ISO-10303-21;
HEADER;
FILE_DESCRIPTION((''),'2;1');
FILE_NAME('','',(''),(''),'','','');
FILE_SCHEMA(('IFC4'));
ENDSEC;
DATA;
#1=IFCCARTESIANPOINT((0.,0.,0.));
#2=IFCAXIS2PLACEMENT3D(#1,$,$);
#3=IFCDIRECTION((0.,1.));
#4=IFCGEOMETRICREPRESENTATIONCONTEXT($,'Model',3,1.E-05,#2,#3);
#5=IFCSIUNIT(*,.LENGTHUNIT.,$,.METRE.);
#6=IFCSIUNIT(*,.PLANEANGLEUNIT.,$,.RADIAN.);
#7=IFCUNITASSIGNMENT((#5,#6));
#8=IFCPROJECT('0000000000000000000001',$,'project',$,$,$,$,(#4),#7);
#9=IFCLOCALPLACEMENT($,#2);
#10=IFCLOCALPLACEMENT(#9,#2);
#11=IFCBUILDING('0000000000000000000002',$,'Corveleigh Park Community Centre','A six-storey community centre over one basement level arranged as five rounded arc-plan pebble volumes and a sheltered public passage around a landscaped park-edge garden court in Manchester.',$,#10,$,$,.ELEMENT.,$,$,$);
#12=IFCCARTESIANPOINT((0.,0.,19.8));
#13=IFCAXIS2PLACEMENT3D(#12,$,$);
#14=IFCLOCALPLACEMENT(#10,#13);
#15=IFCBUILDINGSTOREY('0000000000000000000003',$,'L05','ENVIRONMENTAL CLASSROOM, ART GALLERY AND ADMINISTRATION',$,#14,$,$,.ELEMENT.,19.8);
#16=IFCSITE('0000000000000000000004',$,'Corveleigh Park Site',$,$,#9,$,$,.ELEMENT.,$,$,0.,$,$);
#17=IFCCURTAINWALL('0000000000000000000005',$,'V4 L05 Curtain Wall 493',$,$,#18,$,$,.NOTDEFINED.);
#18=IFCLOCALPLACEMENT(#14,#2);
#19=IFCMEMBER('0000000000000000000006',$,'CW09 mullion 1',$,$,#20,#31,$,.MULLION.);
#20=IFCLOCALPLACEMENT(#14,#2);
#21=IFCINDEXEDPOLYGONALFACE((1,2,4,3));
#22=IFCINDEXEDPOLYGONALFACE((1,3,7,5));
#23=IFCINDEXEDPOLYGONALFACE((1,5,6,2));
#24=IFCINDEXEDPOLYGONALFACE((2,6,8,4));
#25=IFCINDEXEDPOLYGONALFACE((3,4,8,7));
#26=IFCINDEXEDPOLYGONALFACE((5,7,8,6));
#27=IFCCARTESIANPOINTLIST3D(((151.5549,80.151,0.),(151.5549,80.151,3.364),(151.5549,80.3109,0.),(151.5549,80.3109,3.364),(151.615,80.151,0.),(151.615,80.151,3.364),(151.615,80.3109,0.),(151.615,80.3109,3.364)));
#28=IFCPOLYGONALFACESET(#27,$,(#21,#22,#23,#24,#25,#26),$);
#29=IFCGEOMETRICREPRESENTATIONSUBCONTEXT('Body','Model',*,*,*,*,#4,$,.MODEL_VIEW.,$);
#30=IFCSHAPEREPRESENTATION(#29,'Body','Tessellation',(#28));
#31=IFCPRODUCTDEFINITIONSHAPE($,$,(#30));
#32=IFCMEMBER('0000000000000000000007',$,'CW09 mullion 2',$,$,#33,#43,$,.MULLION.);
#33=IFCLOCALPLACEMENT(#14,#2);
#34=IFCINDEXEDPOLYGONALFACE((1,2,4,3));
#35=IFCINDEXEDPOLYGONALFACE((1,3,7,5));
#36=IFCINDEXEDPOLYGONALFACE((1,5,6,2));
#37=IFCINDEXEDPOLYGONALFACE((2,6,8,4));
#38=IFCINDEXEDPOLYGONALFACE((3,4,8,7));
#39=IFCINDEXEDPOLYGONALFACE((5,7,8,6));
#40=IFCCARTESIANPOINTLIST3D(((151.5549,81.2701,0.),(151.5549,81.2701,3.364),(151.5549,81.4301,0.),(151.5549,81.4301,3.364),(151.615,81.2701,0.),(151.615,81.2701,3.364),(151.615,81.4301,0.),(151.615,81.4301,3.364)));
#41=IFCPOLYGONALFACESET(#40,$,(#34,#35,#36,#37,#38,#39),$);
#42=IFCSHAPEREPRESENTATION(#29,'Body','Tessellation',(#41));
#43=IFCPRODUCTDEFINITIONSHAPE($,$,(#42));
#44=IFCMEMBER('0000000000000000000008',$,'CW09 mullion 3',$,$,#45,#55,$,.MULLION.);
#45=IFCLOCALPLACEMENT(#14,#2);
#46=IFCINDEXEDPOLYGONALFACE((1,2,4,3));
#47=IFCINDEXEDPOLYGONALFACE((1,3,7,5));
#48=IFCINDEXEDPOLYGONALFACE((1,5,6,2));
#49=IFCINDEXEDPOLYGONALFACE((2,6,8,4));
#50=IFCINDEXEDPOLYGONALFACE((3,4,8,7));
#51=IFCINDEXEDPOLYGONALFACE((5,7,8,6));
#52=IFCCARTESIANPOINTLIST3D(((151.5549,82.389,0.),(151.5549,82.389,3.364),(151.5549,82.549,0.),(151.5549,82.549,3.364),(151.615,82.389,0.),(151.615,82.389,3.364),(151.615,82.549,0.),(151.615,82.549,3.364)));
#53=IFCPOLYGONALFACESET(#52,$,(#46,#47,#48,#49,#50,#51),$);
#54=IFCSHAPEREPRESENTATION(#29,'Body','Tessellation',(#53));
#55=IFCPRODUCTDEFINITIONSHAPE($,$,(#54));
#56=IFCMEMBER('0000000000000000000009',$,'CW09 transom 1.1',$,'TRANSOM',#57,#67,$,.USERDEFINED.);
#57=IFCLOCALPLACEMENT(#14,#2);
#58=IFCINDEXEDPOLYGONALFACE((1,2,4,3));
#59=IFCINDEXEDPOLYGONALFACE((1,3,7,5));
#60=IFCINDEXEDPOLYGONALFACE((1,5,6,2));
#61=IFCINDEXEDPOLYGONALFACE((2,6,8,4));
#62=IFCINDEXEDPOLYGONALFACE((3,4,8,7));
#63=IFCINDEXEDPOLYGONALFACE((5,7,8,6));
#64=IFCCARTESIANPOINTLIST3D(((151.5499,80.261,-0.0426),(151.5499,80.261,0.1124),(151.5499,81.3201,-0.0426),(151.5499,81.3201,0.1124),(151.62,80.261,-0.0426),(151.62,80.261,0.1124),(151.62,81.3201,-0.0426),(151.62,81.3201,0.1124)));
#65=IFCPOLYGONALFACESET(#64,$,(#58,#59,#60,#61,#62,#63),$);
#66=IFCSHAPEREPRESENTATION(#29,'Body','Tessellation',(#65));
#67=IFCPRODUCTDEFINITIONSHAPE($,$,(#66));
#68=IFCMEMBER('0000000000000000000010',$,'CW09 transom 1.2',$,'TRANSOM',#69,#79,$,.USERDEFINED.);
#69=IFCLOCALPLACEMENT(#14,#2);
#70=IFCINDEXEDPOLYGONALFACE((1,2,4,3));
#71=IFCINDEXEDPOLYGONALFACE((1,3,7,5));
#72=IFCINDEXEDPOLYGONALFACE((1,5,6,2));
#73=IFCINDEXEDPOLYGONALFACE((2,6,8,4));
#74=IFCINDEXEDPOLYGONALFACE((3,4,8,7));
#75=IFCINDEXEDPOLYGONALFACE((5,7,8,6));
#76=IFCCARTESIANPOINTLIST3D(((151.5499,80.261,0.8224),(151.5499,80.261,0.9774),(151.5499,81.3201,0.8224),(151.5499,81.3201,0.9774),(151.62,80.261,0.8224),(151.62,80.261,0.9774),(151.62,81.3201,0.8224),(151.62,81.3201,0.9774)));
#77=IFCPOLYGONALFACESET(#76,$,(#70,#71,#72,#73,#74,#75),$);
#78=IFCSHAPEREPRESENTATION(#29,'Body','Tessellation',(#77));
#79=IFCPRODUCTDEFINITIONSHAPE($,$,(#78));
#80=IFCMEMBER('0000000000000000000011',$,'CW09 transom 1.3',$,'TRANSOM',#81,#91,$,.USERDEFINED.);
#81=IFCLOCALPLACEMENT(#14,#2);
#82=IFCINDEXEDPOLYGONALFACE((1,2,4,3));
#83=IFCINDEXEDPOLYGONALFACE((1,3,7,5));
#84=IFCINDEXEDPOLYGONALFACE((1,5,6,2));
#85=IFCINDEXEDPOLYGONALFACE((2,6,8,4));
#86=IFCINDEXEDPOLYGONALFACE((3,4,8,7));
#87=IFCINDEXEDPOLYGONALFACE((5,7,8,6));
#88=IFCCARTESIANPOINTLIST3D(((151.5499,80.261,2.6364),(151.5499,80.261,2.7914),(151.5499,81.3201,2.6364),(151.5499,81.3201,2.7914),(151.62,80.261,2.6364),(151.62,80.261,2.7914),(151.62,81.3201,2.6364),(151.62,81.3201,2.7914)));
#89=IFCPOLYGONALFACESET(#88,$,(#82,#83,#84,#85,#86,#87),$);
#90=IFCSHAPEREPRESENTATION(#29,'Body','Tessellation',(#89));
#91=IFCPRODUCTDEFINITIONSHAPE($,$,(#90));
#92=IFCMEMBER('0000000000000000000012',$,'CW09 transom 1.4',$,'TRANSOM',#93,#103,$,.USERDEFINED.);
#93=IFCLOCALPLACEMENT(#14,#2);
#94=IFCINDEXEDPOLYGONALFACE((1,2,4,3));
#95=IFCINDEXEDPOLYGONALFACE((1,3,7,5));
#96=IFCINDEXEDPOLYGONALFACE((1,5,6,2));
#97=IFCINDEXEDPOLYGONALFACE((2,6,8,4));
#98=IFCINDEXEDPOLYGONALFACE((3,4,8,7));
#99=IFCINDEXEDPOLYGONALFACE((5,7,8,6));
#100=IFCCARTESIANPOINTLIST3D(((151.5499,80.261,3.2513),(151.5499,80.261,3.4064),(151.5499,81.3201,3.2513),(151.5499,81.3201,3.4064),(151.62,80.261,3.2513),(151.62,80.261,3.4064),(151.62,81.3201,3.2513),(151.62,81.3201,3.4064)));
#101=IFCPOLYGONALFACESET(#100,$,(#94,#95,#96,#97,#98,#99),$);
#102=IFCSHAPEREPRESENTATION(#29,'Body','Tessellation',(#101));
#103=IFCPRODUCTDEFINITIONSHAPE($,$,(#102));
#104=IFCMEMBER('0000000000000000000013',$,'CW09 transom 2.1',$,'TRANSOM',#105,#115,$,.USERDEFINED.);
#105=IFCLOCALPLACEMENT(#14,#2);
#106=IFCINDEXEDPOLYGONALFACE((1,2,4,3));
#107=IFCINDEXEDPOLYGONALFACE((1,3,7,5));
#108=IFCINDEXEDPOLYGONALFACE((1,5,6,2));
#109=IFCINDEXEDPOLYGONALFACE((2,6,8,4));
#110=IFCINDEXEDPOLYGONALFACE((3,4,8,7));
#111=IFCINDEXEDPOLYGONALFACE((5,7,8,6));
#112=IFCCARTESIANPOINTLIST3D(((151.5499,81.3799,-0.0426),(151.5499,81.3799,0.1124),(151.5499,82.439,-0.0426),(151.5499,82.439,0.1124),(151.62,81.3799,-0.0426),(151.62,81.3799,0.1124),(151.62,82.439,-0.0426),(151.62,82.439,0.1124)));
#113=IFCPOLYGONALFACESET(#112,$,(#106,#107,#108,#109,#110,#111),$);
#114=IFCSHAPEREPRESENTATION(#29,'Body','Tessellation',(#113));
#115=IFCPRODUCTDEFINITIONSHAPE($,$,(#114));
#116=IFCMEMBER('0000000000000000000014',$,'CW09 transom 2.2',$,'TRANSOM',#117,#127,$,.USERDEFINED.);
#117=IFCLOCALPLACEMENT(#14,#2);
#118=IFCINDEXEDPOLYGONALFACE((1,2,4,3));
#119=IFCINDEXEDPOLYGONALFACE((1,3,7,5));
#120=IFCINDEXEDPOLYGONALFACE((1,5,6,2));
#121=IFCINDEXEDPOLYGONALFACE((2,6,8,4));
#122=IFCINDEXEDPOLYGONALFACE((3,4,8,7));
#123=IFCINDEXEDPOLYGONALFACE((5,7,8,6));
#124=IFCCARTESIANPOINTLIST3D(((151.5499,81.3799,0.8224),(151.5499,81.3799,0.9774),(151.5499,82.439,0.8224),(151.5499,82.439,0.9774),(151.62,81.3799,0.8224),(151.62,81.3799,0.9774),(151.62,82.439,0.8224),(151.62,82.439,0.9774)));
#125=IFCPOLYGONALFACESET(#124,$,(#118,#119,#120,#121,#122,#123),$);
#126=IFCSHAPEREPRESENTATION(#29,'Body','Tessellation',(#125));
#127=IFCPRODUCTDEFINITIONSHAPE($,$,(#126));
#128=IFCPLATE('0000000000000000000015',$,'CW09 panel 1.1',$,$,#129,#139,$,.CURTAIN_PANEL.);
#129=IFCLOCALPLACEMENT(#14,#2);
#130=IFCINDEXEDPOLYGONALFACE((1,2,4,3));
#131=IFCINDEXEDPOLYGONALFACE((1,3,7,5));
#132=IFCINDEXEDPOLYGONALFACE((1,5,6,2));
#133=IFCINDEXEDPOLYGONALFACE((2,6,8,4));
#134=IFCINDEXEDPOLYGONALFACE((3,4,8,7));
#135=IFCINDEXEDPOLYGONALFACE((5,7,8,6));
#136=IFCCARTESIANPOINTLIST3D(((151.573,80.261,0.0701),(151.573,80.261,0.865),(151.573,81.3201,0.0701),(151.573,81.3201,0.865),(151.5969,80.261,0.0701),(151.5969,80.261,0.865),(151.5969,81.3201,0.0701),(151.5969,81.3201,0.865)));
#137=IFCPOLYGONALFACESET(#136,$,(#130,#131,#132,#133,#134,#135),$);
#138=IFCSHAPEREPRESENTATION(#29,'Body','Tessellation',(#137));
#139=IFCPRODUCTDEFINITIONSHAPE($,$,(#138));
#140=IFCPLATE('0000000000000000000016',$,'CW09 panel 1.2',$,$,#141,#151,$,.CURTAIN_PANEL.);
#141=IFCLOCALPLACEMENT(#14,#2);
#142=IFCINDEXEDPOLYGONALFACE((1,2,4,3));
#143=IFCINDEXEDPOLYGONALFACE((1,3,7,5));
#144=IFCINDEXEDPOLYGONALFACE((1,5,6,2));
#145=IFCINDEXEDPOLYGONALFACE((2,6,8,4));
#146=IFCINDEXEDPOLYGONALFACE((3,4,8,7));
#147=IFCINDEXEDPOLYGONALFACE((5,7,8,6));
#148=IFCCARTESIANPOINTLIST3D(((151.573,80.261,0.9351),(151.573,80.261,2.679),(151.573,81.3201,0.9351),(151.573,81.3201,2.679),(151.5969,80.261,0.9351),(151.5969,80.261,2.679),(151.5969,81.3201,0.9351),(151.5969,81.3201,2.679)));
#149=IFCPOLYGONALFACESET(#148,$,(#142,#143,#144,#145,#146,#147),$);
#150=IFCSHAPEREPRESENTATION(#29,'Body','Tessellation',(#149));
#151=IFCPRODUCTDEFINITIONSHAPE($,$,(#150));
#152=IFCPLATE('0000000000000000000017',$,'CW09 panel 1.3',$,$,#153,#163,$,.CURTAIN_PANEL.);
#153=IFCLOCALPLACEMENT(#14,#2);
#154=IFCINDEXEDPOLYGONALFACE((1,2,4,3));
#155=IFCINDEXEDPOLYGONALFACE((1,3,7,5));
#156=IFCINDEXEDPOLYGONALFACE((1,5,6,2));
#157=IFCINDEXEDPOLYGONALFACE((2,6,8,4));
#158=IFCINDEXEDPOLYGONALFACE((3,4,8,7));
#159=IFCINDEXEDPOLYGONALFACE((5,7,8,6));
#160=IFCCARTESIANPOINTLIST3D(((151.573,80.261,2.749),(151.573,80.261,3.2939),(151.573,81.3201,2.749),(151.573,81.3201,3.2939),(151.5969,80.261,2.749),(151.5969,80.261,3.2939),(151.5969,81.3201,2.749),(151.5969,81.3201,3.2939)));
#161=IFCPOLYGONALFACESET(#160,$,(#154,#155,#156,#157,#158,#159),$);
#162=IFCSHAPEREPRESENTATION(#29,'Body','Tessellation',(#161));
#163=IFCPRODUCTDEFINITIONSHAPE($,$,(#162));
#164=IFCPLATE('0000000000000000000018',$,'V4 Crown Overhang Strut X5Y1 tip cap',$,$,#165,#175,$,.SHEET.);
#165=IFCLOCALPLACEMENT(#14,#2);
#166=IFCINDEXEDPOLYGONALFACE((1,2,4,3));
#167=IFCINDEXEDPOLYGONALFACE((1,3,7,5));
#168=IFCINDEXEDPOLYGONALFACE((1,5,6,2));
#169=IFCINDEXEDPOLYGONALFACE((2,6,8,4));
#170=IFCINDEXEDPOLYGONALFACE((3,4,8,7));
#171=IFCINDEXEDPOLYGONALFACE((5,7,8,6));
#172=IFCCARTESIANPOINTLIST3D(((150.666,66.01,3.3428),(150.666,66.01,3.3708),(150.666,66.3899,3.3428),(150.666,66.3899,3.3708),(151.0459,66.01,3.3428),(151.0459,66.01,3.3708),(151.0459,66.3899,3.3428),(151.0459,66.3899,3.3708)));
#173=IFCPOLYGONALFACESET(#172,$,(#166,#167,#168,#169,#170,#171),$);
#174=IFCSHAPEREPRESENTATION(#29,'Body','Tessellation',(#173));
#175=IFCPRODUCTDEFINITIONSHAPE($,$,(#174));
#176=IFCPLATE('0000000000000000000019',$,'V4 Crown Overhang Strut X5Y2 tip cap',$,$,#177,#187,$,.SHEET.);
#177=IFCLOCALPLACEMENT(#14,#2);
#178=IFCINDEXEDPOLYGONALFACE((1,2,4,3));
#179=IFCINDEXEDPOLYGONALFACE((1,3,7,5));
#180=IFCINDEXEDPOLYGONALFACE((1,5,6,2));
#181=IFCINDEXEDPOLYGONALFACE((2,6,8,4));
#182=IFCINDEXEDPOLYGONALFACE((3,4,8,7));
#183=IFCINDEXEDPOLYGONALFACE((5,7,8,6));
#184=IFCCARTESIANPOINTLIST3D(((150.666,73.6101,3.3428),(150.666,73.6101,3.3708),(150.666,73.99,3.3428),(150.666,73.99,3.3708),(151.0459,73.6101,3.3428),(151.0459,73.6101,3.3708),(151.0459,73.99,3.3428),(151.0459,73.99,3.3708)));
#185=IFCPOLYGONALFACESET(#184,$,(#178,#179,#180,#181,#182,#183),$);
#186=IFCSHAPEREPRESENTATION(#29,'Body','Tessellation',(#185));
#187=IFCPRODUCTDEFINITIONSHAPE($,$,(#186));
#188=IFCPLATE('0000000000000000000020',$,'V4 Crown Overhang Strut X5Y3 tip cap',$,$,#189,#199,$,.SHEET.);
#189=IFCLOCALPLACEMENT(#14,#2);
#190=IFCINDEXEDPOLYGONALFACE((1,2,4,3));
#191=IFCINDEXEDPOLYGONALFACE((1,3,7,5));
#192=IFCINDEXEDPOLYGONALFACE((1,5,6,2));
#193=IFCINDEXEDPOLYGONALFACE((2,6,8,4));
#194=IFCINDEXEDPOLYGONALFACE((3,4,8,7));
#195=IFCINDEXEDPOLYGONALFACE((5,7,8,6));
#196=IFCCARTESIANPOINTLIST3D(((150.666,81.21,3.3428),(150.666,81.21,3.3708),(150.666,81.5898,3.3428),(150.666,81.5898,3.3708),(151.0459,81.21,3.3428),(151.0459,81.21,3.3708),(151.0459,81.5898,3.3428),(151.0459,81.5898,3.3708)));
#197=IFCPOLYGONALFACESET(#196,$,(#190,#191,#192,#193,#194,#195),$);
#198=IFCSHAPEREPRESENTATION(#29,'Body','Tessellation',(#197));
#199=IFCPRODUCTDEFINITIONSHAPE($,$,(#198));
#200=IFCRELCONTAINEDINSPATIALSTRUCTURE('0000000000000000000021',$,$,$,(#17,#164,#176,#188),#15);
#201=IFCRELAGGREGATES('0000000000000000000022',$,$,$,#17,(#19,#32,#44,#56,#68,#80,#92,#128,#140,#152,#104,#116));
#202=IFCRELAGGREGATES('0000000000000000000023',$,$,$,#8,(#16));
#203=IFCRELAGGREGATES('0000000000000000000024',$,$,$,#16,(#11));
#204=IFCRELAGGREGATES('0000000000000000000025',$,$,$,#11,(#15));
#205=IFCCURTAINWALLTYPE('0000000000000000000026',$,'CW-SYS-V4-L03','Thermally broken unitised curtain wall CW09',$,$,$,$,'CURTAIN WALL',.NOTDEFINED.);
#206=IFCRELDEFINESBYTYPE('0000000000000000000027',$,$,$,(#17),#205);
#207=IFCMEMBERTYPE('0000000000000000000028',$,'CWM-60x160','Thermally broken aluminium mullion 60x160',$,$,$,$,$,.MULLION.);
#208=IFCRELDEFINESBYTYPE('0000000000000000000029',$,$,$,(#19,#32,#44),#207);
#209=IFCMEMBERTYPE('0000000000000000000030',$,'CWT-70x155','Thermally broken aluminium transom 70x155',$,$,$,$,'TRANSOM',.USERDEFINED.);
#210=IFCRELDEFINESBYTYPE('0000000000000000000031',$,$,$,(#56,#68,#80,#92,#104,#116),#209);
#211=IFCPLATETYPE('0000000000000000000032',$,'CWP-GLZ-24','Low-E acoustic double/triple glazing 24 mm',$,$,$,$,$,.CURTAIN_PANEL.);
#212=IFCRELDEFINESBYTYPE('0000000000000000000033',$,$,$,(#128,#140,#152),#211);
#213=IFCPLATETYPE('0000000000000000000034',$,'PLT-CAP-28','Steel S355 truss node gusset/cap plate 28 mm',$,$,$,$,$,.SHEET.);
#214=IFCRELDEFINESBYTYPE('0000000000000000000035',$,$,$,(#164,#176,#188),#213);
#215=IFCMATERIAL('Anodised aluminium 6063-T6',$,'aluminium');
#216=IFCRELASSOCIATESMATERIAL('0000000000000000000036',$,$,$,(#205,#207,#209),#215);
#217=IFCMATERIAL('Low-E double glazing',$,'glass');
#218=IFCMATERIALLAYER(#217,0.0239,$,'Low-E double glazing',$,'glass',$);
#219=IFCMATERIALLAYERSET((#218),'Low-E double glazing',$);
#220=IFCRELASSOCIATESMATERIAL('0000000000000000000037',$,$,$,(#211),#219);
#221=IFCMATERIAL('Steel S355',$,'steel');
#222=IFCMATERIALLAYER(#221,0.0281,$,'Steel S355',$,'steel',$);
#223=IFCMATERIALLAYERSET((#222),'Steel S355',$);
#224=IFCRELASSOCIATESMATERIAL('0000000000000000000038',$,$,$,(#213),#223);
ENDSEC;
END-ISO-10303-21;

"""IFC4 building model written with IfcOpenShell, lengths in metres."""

from ifc_helpers import new_model, si_unit, direction, frame, origin, origin_2d, place, context, subcontext, project, spatial, rectangle, extrude, material, layer, layer_set, material_profile, profile_set, type_object, element, aggregate, save


model = new_model("IFC4")

# Units and contexts
model_context = context("Model", 3, precision=1e-05, world=origin(), true_north=direction((0.0, 1.0)))
body_context = subcontext(model_context, "Body", "Model", "MODEL_VIEW")
ifc_project = project(units=[si_unit("LENGTHUNIT", "METRE"), si_unit("PLANEANGLEUNIT", "RADIAN")], contexts=[model_context])

# Site, building, storey
site_placement = place(None, origin())
site = spatial("IfcSite", under=ifc_project, at=site_placement, Name="Corveleigh Park Site", CompositionType="ELEMENT", RefElevation=0.0)
building_placement = place(site_placement, origin())
building = spatial("IfcBuilding", under=site, at=building_placement, Name="Corveleigh Park Community Centre", Description="A six-storey community centre over one basement level arranged as five rounded arc-plan pebble volumes and a sheltered public passage around a landscaped park-edge garden court in Manchester.", CompositionType="ELEMENT")
storey_placement = place(building_placement, frame((0.0, 0.0, 19.8)))
storey = spatial("IfcBuildingStorey", under=building, at=storey_placement, Name="L05", Description="ENVIRONMENTAL CLASSROOM, ART GALLERY AND ADMINISTRATION", CompositionType="ELEMENT", Elevation=19.8)

# Curtain wall, members, plates
ifc_material_1 = material(Name="Anodised aluminium 6063-T6", Category="aluminium")
curtain_wall_type = type_object("IfcCurtainWallType", Name="CW-SYS-V4-L03", Description="Thermally broken unitised curtain wall CW09", ElementType="CURTAIN WALL", PredefinedType="NOTDEFINED", material=ifc_material_1)
curtain_wall_placement = place(storey_placement, origin())
curtain_wall = element("IfcCurtainWall", 1, at=curtain_wall_placement, inside=storey, type_object=curtain_wall_type, Name="V4 L05 Curtain Wall 493", PredefinedType="NOTDEFINED")
ifc_material_profile_1 = material_profile(ifc_material_1, rectangle(XDim=0.0601, YDim=0.1599, at=origin_2d()), Name="ALU-M60x160", Category="aluminium")
ifc_profile_set_1 = profile_set([ifc_material_profile_1], Name="Anodised aluminium 6063-T6")
member_type_1 = type_object("IfcMemberType", Name="CWM-60x160", Description="Thermally broken aluminium mullion 60x160", PredefinedType="MULLION", material=ifc_profile_set_1)
member_1_placement = place(storey_placement, frame((151.585, 80.231, 0.0), z_axis=(0.0, 0.0, 1.0), x_axis=(-1.0, 0.0, 0.0)))
member_1 = element("IfcMember", 2, at=member_1_placement, type_object=member_type_1, Name="CW09 mullion 1", PredefinedType="MULLION", context=body_context, shape_type="SweptSolid", body=[
    extrude(rectangle(XDim=0.0601, YDim=0.1599, at=origin_2d()), origin(), (0.0, 0.0, 1.0), 3.364),
])
member_2_placement = place(storey_placement, frame((151.585, 81.3501, 0.0), z_axis=(0.0, 0.0, 1.0), x_axis=(-1.0, 0.0, 0.0)))
member_2 = element("IfcMember", 3, at=member_2_placement, type_object=member_type_1, Name="CW09 mullion 2", PredefinedType="MULLION", context=body_context, shape_type="SweptSolid", body=[
    extrude(rectangle(XDim=0.0601, YDim=0.1599, at=origin_2d()), origin(), (0.0, 0.0, 1.0), 3.364),
])
member_3_placement = place(storey_placement, frame((151.585, 82.469, 0.0), z_axis=(0.0, 0.0, 1.0), x_axis=(-1.0, 0.0, 0.0)))
member_3 = element("IfcMember", 4, at=member_3_placement, type_object=member_type_1, Name="CW09 mullion 3", PredefinedType="MULLION", context=body_context, shape_type="SweptSolid", body=[
    extrude(rectangle(XDim=0.0601, YDim=0.1599, at=origin_2d()), origin(), (0.0, 0.0, 1.0), 3.364),
])
ifc_material_profile_2 = material_profile(ifc_material_1, rectangle(XDim=0.0701, YDim=0.155, at=origin_2d()), Name="ALU-T70x155", Category="aluminium")
ifc_profile_set_2 = profile_set([ifc_material_profile_2], Name="Anodised aluminium 6063-T6")
member_type_2 = type_object("IfcMemberType", Name="CWT-70x155", Description="Thermally broken aluminium transom 70x155", ElementType="TRANSOM", PredefinedType="USERDEFINED", material=ifc_profile_set_2)
member_4_placement = place(storey_placement, frame((151.585, 80.261, 0.0349), z_axis=(0.0, 1.0, 0.0), x_axis=(-1.0, 0.0, 0.0)))
member_4 = element("IfcMember", 5, at=member_4_placement, type_object=member_type_2, Name="CW09 transom 1.1", ObjectType="TRANSOM", PredefinedType="USERDEFINED", context=body_context, shape_type="SweptSolid", body=[
    extrude(rectangle(XDim=0.0701, YDim=0.155, at=origin_2d()), origin(), (0.0, 0.0, 1.0), 1.0591),
])
member_5_placement = place(storey_placement, frame((151.585, 80.261, 0.8999), z_axis=(0.0, 1.0, 0.0), x_axis=(-1.0, 0.0, 0.0)))
member_5 = element("IfcMember", 6, at=member_5_placement, type_object=member_type_2, Name="CW09 transom 1.2", ObjectType="TRANSOM", PredefinedType="USERDEFINED", context=body_context, shape_type="SweptSolid", body=[
    extrude(rectangle(XDim=0.0701, YDim=0.155, at=origin_2d()), origin(), (0.0, 0.0, 1.0), 1.0591),
])
member_6_placement = place(storey_placement, frame((151.585, 80.261, 2.7139), z_axis=(0.0, 1.0, 0.0), x_axis=(-1.0, 0.0, 0.0)))
member_6 = element("IfcMember", 7, at=member_6_placement, type_object=member_type_2, Name="CW09 transom 1.3", ObjectType="TRANSOM", PredefinedType="USERDEFINED", context=body_context, shape_type="SweptSolid", body=[
    extrude(rectangle(XDim=0.0701, YDim=0.155, at=origin_2d()), origin(), (0.0, 0.0, 1.0), 1.0591),
])
member_7_placement = place(storey_placement, frame((151.585, 80.261, 3.3289), z_axis=(0.0, 1.0, 0.0), x_axis=(-1.0, 0.0, 0.0)))
member_7 = element("IfcMember", 8, at=member_7_placement, type_object=member_type_2, Name="CW09 transom 1.4", ObjectType="TRANSOM", PredefinedType="USERDEFINED", context=body_context, shape_type="SweptSolid", body=[
    extrude(rectangle(XDim=0.0701, YDim=0.155, at=origin_2d()), origin(), (0.0, 0.0, 1.0), 1.0591),
])
member_8_placement = place(storey_placement, frame((151.585, 81.3799, 0.0349), z_axis=(0.0, 1.0, 0.0), x_axis=(-1.0, 0.0, 0.0)))
member_8 = element("IfcMember", 9, at=member_8_placement, type_object=member_type_2, Name="CW09 transom 2.1", ObjectType="TRANSOM", PredefinedType="USERDEFINED", context=body_context, shape_type="SweptSolid", body=[
    extrude(rectangle(XDim=0.0701, YDim=0.155, at=origin_2d()), origin(), (0.0, 0.0, 1.0), 1.0591),
])
member_9_placement = place(storey_placement, frame((151.585, 81.3799, 0.8999), z_axis=(0.0, 1.0, 0.0), x_axis=(-1.0, 0.0, 0.0)))
member_9 = element("IfcMember", 10, at=member_9_placement, type_object=member_type_2, Name="CW09 transom 2.2", ObjectType="TRANSOM", PredefinedType="USERDEFINED", context=body_context, shape_type="SweptSolid", body=[
    extrude(rectangle(XDim=0.0701, YDim=0.155, at=origin_2d()), origin(), (0.0, 0.0, 1.0), 1.0591),
])
ifc_material_2 = material(Name="Low-E double glazing", Category="glass")
ifc_layer_1 = layer(ifc_material_2, 0.0239, Name="Low-E double glazing", Category="glass")
ifc_layer_set_1 = layer_set([ifc_layer_1], Name="Low-E double glazing")
plate_type_1 = type_object("IfcPlateType", Name="CWP-GLZ-24", Description="Low-E acoustic double/triple glazing 24 mm", PredefinedType="CURTAIN_PANEL", material=ifc_layer_set_1)
plate_1_placement = place(storey_placement, frame((151.585, 80.7905, 0.0701), z_axis=(0.0, 0.0, 1.0), x_axis=(0.0, 1.0, 0.0)))
plate_1 = element("IfcPlate", 11, at=plate_1_placement, type_object=plate_type_1, Name="CW09 panel 1.1", PredefinedType="CURTAIN_PANEL", context=body_context, shape_type="SweptSolid", body=[
    extrude(rectangle(XDim=1.0591, YDim=0.0239, at=origin_2d()), origin(), (0.0, 0.0, 1.0), 0.7949),
])
plate_2_placement = place(storey_placement, frame((151.585, 80.7905, 0.9351), z_axis=(0.0, 0.0, 1.0), x_axis=(0.0, 1.0, 0.0)))
plate_2 = element("IfcPlate", 12, at=plate_2_placement, type_object=plate_type_1, Name="CW09 panel 1.2", PredefinedType="CURTAIN_PANEL", context=body_context, shape_type="SweptSolid", body=[
    extrude(rectangle(XDim=1.0591, YDim=0.0239, at=origin_2d()), origin(), (0.0, 0.0, 1.0), 1.7439),
])
plate_3_placement = place(storey_placement, frame((151.585, 80.7905, 2.749), z_axis=(0.0, 0.0, 1.0), x_axis=(0.0, 1.0, 0.0)))
plate_3 = element("IfcPlate", 13, at=plate_3_placement, type_object=plate_type_1, Name="CW09 panel 1.3", PredefinedType="CURTAIN_PANEL", context=body_context, shape_type="SweptSolid", body=[
    extrude(rectangle(XDim=1.0591, YDim=0.0239, at=origin_2d()), origin(), (0.0, 0.0, 1.0), 0.5449),
])
aggregate(curtain_wall, [member_1, member_2, member_3, member_4, member_5, member_6, member_7, plate_1, plate_2, plate_3, member_8, member_9])

# Plates
ifc_material_3 = material(Name="Steel S355", Category="steel")
ifc_layer_2 = layer(ifc_material_3, 0.0281, Name="Steel S355", Category="steel")
ifc_layer_set_2 = layer_set([ifc_layer_2], Name="Steel S355")
plate_type_2 = type_object("IfcPlateType", Name="PLT-CAP-28", Description="Steel S355 truss node gusset/cap plate 28 mm", PredefinedType="SHEET", material=ifc_layer_set_2)
for number, where, z_axis, x_axis, name in (
    (14, (150.856, 66.2, 3.3428), (0.0, 0.0, 1.0), (1.0, 0.0, 0.0), "V4 Crown Overhang Strut X5Y1 tip cap"),
    (15, (150.856, 73.8, 3.3428), (0.0, 0.0, 1.0), (1.0, 0.0, 0.0), "V4 Crown Overhang Strut X5Y2 tip cap"),
    (16, (150.856, 81.3999, 3.3428), (0.0, 0.0, 1.0), (1.0, 0.0, 0.0), "V4 Crown Overhang Strut X5Y3 tip cap"),
):
    element("IfcPlate", number, at=place(storey_placement, frame(where, z_axis=z_axis, x_axis=x_axis)), inside=storey, type_object=plate_type_2, Name=name, PredefinedType="SHEET", context=body_context, shape_type="SweptSolid", body=[
        extrude(rectangle(XDim=0.3799, YDim=0.3799, at=origin_2d()), origin(), (0.0, 0.0, 1.0), 0.0281),
    ])

save(model, "model.ifc")
